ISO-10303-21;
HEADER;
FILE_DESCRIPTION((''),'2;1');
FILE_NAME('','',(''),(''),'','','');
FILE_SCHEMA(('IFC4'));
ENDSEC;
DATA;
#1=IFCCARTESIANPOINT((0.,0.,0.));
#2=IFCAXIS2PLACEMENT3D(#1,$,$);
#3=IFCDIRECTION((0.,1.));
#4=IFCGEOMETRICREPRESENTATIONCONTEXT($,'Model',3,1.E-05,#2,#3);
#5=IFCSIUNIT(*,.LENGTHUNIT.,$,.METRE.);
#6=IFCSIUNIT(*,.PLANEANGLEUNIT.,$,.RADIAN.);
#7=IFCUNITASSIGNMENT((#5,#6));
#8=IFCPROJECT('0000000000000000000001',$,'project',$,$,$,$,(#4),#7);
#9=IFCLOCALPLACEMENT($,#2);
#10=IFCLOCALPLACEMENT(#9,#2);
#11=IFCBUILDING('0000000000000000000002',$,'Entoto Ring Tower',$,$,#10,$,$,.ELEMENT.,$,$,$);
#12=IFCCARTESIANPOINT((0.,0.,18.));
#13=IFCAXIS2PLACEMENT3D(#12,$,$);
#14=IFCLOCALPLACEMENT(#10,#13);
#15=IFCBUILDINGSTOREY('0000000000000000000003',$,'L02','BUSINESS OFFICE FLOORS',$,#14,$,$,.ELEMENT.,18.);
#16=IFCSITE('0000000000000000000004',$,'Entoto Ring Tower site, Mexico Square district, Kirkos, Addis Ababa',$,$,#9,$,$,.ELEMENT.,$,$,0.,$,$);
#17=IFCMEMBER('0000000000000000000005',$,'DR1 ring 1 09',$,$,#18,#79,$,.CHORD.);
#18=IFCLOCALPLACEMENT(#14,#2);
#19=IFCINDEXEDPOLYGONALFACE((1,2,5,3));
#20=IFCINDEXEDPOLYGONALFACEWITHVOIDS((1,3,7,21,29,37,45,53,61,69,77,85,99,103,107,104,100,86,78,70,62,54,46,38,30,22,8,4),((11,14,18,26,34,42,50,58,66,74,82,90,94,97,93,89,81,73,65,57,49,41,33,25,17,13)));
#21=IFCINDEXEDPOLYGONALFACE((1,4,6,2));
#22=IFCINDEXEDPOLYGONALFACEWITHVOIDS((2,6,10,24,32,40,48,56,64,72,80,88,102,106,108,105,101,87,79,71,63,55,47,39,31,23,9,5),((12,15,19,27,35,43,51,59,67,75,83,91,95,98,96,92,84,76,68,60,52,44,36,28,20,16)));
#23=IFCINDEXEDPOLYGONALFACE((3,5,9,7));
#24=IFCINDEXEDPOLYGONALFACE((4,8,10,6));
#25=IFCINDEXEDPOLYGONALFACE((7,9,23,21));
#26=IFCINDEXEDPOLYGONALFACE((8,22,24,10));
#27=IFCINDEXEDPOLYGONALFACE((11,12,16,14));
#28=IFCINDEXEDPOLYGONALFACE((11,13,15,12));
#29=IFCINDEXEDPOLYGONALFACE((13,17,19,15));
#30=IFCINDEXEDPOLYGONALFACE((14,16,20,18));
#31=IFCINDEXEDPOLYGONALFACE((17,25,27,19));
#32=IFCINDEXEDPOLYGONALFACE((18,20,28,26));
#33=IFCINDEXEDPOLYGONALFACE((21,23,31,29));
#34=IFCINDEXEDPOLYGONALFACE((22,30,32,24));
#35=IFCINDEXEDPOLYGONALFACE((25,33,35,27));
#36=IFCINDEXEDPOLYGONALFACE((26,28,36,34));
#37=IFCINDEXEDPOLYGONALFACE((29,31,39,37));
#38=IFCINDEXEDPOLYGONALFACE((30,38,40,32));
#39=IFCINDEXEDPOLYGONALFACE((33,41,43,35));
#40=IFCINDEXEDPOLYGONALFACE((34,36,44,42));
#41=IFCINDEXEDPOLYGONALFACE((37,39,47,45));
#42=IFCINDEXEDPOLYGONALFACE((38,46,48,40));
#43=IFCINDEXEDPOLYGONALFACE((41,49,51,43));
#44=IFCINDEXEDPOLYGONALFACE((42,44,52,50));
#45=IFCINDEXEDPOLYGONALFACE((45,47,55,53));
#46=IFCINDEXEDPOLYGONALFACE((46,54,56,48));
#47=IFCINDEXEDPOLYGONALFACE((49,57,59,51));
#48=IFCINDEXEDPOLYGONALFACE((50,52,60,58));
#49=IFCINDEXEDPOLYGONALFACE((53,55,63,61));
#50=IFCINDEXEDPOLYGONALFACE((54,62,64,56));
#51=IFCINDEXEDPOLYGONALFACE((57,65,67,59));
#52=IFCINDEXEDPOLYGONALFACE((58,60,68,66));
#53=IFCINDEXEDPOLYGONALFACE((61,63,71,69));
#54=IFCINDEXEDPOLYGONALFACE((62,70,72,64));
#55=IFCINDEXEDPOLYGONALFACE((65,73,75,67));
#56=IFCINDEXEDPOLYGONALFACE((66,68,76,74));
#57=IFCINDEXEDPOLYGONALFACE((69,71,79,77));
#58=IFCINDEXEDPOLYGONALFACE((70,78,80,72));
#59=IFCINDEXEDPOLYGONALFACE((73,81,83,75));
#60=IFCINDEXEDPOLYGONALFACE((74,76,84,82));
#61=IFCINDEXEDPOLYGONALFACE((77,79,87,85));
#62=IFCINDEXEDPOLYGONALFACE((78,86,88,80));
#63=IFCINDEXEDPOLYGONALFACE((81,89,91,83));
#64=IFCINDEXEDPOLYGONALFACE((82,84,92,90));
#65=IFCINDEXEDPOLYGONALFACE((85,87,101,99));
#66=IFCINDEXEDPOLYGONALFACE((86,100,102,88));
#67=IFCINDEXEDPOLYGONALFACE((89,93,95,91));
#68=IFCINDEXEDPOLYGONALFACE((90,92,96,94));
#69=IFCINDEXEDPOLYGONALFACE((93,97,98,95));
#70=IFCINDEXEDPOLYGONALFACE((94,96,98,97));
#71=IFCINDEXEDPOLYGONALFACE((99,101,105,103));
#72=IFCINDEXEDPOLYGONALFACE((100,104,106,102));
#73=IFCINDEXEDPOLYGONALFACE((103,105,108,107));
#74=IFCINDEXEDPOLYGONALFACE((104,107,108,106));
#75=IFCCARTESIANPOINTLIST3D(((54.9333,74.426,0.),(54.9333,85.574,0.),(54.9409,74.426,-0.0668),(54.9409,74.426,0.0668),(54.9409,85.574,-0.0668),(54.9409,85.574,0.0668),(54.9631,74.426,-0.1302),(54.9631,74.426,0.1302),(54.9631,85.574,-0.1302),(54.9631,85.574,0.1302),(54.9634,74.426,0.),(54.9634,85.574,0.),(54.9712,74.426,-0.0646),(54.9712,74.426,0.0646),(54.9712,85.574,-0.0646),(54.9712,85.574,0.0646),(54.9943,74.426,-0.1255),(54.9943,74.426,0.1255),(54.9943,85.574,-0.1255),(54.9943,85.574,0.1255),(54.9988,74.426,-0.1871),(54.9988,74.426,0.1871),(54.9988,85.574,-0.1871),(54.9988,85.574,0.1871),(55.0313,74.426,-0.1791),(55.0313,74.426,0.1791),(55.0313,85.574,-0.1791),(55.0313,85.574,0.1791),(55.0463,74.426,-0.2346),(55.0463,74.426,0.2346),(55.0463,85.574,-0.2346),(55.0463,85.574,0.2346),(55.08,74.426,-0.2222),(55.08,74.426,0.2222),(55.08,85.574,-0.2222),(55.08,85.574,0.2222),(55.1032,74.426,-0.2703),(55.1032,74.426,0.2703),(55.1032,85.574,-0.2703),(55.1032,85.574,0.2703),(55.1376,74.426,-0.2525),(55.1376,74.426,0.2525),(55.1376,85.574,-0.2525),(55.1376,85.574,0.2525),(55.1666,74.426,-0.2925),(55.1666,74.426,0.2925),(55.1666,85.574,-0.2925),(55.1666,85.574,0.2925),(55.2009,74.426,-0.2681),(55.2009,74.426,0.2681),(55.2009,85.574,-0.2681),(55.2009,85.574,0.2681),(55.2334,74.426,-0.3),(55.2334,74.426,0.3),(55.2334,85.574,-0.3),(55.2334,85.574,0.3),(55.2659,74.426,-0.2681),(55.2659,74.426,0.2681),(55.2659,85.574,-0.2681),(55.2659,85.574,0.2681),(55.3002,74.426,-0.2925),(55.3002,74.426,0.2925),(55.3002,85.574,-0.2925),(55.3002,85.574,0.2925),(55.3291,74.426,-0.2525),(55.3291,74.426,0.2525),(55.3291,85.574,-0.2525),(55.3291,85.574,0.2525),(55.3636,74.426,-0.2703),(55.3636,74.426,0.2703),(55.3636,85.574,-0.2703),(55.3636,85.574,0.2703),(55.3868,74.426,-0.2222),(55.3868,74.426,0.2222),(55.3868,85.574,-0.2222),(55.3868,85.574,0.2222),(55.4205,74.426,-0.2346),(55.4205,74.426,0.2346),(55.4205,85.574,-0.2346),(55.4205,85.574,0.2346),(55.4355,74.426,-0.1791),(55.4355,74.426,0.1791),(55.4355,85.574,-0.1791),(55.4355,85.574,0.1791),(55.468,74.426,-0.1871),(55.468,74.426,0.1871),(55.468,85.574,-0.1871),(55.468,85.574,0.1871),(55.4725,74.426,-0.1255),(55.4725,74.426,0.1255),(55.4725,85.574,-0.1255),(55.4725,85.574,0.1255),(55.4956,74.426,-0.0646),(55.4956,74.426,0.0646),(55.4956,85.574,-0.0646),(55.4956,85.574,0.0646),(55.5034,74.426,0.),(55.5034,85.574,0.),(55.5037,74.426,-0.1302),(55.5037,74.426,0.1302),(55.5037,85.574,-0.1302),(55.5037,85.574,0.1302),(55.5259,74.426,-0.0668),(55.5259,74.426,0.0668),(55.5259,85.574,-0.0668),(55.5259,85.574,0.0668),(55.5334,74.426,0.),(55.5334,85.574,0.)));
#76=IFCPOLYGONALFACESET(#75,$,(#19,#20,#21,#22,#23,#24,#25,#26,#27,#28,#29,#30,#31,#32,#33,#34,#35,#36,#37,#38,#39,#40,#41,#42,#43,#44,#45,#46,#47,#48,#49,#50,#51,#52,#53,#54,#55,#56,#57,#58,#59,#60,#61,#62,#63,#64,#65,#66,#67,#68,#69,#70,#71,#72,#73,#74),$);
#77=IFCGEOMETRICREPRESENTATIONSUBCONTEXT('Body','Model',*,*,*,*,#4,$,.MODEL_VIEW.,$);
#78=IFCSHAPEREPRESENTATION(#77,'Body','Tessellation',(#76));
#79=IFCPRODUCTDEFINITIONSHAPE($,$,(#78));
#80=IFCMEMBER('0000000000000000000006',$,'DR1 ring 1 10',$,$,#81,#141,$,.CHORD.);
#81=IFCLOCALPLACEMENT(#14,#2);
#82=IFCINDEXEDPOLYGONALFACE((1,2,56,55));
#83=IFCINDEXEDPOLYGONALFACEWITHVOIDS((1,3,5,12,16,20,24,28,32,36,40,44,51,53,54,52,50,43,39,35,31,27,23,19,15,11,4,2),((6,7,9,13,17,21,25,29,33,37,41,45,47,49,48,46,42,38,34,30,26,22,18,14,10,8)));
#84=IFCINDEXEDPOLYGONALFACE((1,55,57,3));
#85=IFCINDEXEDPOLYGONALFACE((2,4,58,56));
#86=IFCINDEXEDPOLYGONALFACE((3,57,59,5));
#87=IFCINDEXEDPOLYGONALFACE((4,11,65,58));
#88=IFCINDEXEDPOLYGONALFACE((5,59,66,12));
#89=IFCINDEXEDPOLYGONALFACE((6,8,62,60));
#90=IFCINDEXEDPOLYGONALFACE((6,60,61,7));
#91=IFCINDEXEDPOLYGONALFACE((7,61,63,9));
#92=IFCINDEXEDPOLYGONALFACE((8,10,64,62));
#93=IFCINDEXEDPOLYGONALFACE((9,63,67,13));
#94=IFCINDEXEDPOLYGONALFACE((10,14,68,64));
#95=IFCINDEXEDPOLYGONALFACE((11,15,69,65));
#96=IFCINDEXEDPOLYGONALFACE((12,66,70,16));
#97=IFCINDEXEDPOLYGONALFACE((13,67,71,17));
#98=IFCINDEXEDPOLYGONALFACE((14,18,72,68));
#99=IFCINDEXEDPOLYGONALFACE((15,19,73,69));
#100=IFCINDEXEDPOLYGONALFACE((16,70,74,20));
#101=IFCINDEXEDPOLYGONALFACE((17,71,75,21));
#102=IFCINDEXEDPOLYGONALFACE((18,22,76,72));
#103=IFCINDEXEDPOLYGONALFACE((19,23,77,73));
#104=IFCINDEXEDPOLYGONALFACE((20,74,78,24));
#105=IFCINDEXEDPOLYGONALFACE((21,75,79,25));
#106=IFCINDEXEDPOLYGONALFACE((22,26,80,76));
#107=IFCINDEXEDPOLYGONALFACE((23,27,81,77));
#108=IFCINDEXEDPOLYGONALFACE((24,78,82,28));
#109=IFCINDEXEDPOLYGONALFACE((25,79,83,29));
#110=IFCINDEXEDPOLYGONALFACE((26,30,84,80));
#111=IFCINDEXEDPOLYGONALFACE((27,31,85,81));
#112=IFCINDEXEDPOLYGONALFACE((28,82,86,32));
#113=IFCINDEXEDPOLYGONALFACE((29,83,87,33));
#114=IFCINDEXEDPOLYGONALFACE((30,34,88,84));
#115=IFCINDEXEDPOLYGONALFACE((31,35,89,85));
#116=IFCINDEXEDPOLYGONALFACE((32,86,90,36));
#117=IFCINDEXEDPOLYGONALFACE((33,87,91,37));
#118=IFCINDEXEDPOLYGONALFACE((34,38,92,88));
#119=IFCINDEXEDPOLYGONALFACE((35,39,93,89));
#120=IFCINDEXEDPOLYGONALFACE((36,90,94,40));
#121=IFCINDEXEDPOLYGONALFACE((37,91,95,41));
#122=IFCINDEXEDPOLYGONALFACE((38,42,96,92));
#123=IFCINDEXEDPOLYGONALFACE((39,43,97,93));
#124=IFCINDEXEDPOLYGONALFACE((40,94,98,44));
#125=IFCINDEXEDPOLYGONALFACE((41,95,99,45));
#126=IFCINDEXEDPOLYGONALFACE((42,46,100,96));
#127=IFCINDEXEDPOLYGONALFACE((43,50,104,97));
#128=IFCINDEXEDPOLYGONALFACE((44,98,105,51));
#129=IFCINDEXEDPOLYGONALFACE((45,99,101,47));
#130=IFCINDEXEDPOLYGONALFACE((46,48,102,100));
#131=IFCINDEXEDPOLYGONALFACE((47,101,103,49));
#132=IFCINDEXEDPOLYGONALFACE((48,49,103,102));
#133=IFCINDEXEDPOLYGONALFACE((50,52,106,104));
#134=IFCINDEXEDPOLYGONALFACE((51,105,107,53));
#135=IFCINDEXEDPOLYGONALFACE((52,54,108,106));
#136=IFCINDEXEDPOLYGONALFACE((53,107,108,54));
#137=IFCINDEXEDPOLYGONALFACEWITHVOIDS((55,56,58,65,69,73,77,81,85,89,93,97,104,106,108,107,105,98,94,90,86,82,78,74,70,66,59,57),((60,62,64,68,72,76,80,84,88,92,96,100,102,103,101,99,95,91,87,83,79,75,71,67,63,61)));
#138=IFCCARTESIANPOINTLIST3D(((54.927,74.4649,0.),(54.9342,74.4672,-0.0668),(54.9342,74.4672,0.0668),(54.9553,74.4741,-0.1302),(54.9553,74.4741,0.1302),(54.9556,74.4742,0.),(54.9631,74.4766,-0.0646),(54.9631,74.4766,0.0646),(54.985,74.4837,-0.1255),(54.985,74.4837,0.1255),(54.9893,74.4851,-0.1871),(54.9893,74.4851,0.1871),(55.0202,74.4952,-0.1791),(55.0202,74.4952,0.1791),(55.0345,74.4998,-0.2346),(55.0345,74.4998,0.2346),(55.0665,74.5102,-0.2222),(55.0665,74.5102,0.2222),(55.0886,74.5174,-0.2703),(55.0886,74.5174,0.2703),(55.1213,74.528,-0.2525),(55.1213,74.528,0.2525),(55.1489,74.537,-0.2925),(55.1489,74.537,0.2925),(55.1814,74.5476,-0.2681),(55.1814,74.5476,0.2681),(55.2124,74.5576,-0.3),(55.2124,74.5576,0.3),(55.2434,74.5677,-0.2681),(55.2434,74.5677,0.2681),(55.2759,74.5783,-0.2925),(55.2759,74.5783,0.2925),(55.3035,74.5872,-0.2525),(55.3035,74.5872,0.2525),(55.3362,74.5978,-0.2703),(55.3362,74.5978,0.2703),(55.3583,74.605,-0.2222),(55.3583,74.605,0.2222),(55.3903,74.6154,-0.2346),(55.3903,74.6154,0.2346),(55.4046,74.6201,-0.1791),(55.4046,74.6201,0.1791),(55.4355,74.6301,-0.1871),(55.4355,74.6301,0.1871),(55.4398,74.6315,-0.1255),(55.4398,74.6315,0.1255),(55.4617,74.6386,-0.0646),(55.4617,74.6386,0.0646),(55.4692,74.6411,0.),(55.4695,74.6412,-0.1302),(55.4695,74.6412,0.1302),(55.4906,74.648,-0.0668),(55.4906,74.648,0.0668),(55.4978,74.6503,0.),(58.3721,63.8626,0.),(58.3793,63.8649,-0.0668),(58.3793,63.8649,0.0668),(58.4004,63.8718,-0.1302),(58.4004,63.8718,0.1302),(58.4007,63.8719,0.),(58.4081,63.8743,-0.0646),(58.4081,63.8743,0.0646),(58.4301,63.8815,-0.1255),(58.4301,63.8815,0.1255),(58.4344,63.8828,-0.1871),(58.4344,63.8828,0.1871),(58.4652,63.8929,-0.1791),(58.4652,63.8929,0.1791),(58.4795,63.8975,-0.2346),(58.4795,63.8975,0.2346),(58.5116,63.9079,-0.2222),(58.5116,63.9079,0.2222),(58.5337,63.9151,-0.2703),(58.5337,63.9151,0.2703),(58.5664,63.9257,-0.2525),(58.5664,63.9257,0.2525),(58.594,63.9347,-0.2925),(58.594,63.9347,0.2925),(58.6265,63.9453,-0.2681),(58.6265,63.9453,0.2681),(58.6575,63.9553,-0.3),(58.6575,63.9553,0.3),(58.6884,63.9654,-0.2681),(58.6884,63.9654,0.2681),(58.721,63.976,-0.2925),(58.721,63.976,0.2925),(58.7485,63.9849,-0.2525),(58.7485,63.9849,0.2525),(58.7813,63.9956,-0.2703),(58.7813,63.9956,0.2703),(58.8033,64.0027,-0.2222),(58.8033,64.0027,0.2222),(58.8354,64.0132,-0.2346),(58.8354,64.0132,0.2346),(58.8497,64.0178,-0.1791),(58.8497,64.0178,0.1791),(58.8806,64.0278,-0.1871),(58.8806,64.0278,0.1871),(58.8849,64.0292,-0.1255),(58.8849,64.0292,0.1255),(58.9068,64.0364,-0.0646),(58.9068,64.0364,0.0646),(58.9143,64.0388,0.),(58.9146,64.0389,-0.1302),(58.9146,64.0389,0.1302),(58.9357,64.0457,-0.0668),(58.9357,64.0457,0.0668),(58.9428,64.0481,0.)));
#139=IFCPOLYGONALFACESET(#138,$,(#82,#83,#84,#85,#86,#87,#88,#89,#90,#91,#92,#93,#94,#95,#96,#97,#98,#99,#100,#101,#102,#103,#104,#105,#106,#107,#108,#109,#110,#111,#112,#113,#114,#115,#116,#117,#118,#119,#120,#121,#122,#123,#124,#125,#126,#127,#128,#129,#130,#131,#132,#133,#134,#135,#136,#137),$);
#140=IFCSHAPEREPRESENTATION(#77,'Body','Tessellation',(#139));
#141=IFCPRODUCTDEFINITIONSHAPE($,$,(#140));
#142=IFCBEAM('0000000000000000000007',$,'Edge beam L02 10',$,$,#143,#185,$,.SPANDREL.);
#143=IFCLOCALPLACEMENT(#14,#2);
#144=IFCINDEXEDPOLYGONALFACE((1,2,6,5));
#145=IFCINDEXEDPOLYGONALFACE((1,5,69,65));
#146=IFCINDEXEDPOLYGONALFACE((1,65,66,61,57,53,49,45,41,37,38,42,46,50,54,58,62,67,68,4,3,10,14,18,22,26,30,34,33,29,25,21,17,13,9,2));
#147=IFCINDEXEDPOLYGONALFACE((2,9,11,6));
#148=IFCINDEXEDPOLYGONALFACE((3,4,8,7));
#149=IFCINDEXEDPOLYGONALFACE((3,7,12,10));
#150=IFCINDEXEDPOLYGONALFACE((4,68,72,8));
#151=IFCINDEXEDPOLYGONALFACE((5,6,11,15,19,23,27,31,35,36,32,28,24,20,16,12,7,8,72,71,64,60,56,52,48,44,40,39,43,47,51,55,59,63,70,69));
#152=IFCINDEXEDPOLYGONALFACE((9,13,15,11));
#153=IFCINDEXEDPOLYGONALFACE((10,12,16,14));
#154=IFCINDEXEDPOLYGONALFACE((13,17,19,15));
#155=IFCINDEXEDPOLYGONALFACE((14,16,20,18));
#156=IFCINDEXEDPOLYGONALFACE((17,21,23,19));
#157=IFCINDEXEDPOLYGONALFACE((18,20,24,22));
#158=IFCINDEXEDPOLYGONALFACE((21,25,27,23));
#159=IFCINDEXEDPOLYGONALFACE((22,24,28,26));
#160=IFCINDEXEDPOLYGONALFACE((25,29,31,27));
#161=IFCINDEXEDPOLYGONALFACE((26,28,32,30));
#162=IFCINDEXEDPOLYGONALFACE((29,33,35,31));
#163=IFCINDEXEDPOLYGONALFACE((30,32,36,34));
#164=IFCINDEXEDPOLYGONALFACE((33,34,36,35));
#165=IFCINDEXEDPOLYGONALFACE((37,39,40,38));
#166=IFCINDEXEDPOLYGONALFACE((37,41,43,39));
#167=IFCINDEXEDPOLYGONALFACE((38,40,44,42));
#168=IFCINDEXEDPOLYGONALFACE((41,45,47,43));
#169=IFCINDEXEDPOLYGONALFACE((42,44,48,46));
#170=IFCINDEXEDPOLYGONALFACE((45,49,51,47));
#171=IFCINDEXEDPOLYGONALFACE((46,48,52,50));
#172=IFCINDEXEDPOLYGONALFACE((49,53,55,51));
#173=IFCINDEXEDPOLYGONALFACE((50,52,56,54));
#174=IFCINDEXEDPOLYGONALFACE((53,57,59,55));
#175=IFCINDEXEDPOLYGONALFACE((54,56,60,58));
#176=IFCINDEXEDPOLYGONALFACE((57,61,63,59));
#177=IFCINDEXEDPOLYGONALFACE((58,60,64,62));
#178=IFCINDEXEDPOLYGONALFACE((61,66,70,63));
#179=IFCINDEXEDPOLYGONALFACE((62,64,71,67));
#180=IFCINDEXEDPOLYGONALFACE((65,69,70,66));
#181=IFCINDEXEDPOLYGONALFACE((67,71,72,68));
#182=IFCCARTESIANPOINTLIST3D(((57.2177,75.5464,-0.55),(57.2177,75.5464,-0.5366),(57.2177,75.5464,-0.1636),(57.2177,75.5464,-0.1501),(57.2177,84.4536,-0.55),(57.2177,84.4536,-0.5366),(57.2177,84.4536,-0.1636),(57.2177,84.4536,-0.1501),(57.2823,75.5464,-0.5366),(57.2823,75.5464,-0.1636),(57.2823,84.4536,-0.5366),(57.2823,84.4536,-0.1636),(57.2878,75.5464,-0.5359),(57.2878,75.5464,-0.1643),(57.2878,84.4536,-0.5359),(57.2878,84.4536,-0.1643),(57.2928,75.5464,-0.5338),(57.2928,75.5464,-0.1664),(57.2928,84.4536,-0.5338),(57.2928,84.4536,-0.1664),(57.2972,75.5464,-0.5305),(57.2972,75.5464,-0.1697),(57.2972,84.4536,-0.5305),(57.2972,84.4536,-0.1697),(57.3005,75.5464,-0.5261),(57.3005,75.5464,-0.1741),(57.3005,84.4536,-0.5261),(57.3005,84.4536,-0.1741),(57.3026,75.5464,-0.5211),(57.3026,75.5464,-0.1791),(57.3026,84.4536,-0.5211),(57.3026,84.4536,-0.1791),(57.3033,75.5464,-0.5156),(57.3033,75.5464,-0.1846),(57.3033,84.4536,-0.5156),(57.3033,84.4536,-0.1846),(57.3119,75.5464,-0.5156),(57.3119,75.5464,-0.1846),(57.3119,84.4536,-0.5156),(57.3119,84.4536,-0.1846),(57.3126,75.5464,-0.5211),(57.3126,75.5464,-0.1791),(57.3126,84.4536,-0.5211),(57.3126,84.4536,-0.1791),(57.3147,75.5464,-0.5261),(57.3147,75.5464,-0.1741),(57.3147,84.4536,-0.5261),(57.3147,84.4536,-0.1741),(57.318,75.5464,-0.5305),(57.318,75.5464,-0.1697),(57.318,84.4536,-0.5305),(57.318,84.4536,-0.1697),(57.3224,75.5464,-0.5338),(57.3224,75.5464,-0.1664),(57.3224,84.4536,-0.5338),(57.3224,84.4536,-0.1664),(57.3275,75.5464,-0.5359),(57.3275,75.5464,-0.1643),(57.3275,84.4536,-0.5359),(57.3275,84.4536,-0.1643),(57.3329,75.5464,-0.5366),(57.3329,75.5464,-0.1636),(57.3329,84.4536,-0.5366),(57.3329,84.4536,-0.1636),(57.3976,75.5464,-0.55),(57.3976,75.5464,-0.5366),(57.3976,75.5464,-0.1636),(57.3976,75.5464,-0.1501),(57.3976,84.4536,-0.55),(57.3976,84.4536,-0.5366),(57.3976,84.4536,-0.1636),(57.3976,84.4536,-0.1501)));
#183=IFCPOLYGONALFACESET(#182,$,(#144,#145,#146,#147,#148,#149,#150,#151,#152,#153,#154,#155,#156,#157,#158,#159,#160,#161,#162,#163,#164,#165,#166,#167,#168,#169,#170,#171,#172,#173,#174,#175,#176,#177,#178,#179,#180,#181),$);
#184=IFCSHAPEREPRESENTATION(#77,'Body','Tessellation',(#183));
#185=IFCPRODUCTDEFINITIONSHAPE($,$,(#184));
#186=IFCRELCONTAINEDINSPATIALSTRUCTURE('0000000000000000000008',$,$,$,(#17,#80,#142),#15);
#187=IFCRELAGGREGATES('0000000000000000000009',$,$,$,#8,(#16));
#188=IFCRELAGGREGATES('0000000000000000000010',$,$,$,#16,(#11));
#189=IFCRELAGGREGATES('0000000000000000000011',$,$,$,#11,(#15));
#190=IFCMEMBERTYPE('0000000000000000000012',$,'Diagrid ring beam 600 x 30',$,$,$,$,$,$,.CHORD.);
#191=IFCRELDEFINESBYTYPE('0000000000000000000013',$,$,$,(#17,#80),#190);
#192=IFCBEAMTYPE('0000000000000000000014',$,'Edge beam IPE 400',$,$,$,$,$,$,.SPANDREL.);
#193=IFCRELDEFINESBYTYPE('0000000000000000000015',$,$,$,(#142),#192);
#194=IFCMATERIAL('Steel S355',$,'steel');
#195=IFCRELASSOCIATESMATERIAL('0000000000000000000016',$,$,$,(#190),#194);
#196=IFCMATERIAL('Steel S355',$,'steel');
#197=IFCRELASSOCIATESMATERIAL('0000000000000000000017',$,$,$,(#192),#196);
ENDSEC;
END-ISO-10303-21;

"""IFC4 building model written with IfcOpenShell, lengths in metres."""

from ifc_helpers import new_model, si_unit, direction, frame, origin, origin_2d, place, context, subcontext, project, spatial, circle, hollow_circle, i_section, extrude, material, material_profile, profile_set, type_object, element, save


model = new_model("IFC4")

# Units and contexts
model_context = context("Model", 3, precision=1e-05, world=origin(), true_north=direction((0.0, 1.0)))
body_context = subcontext(model_context, "Body", "Model", "MODEL_VIEW")
ifc_project = project(units=[si_unit("LENGTHUNIT", "METRE"), si_unit("PLANEANGLEUNIT", "RADIAN")], contexts=[model_context])

# Site, building, storey
site_placement = place(None, origin())
site = spatial("IfcSite", under=ifc_project, at=site_placement, Name="Entoto Ring Tower site, Mexico Square district, Kirkos, Addis Ababa", CompositionType="ELEMENT", RefElevation=0.0)
building_placement = place(site_placement, origin())
building = spatial("IfcBuilding", under=site, at=building_placement, Name="Entoto Ring Tower", CompositionType="ELEMENT")
storey_placement = place(building_placement, frame((0.0, 0.0, 18.0)))
storey = spatial("IfcBuildingStorey", under=building, at=storey_placement, Name="L02", Description="BUSINESS OFFICE FLOORS", CompositionType="ELEMENT", Elevation=18.0)

# Members
ifc_material_1 = material(Name="Steel S355", Category="steel")
ifc_material_profile_1 = material_profile(ifc_material_1, hollow_circle(Radius=0.3, WallThickness=0.03, at=origin_2d()), Name="CHS 600 x 30")
ifc_material_2 = material(Name="Concrete C60/75", Category="concrete")
ifc_material_profile_2 = material_profile(ifc_material_2, circle(Radius=0.27, at=origin_2d()), Name="Concrete C60/75 infill")
ifc_profile_set_1 = profile_set([ifc_material_profile_1, ifc_material_profile_2], Name="Steel S355")
member_type_1 = type_object("IfcMemberType", Name="Diagrid ring beam 600 x 30", PredefinedType="CHORD", material=ifc_profile_set_1)
for number, where, z_axis, x_axis, name in (
    (1, (55.2334, 85.574, 0.0), (0.0, -1.0, 0.0), (1.0, 0.0, 0.0), "DR1 ring 1 09"),
    (2, (55.2124, 74.5576, 0.0), (0.309031, -0.951052, 0.0), (0.951052, 0.309031, 0.0), "DR1 ring 1 10"),
):
    element("IfcMember", number, at=place(storey_placement, frame(where, z_axis=z_axis, x_axis=x_axis)), inside=storey, type_object=member_type_1, Name=name, PredefinedType="CHORD", context=body_context, shape_type="SweptSolid", body=[
        extrude(hollow_circle(Radius=0.3, WallThickness=0.03, at=origin_2d()), origin(), (0.0, 0.0, 1.0), 11.1479),
    ])

# Beam
ifc_material_3 = material(Name="Steel S355", Category="steel")
ifc_material_profile_3 = material_profile(ifc_material_3, i_section(OverallWidth=0.1799, OverallDepth=0.3999, WebThickness=0.0085, FlangeThickness=0.0134, FilletRadius=0.021, at=origin_2d()), Name="IPE 400")
ifc_profile_set_2 = profile_set([ifc_material_profile_3], Name="Steel S355")
beam_type_1 = type_object("IfcBeamType", Name="Edge beam IPE 400", PredefinedType="SPANDREL", material=ifc_profile_set_2)
beam_1_placement = place(storey_placement, frame((57.3076, 84.4536, -0.3501), z_axis=(0.0, -1.0, 0.0), x_axis=(1.0, 0.0, 0.0)))
element("IfcBeam", 3, at=beam_1_placement, inside=storey, type_object=beam_type_1, Name="Edge beam L02 10", PredefinedType="SPANDREL", context=body_context, shape_type="SweptSolid", body=[
    extrude(i_section(OverallWidth=0.1799, OverallDepth=0.3999, WebThickness=0.0085, FlangeThickness=0.0134, FilletRadius=0.021, at=origin_2d()), origin(), (0.0, 0.0, 1.0), 8.9072),
])

save(model, "model.ifc")
